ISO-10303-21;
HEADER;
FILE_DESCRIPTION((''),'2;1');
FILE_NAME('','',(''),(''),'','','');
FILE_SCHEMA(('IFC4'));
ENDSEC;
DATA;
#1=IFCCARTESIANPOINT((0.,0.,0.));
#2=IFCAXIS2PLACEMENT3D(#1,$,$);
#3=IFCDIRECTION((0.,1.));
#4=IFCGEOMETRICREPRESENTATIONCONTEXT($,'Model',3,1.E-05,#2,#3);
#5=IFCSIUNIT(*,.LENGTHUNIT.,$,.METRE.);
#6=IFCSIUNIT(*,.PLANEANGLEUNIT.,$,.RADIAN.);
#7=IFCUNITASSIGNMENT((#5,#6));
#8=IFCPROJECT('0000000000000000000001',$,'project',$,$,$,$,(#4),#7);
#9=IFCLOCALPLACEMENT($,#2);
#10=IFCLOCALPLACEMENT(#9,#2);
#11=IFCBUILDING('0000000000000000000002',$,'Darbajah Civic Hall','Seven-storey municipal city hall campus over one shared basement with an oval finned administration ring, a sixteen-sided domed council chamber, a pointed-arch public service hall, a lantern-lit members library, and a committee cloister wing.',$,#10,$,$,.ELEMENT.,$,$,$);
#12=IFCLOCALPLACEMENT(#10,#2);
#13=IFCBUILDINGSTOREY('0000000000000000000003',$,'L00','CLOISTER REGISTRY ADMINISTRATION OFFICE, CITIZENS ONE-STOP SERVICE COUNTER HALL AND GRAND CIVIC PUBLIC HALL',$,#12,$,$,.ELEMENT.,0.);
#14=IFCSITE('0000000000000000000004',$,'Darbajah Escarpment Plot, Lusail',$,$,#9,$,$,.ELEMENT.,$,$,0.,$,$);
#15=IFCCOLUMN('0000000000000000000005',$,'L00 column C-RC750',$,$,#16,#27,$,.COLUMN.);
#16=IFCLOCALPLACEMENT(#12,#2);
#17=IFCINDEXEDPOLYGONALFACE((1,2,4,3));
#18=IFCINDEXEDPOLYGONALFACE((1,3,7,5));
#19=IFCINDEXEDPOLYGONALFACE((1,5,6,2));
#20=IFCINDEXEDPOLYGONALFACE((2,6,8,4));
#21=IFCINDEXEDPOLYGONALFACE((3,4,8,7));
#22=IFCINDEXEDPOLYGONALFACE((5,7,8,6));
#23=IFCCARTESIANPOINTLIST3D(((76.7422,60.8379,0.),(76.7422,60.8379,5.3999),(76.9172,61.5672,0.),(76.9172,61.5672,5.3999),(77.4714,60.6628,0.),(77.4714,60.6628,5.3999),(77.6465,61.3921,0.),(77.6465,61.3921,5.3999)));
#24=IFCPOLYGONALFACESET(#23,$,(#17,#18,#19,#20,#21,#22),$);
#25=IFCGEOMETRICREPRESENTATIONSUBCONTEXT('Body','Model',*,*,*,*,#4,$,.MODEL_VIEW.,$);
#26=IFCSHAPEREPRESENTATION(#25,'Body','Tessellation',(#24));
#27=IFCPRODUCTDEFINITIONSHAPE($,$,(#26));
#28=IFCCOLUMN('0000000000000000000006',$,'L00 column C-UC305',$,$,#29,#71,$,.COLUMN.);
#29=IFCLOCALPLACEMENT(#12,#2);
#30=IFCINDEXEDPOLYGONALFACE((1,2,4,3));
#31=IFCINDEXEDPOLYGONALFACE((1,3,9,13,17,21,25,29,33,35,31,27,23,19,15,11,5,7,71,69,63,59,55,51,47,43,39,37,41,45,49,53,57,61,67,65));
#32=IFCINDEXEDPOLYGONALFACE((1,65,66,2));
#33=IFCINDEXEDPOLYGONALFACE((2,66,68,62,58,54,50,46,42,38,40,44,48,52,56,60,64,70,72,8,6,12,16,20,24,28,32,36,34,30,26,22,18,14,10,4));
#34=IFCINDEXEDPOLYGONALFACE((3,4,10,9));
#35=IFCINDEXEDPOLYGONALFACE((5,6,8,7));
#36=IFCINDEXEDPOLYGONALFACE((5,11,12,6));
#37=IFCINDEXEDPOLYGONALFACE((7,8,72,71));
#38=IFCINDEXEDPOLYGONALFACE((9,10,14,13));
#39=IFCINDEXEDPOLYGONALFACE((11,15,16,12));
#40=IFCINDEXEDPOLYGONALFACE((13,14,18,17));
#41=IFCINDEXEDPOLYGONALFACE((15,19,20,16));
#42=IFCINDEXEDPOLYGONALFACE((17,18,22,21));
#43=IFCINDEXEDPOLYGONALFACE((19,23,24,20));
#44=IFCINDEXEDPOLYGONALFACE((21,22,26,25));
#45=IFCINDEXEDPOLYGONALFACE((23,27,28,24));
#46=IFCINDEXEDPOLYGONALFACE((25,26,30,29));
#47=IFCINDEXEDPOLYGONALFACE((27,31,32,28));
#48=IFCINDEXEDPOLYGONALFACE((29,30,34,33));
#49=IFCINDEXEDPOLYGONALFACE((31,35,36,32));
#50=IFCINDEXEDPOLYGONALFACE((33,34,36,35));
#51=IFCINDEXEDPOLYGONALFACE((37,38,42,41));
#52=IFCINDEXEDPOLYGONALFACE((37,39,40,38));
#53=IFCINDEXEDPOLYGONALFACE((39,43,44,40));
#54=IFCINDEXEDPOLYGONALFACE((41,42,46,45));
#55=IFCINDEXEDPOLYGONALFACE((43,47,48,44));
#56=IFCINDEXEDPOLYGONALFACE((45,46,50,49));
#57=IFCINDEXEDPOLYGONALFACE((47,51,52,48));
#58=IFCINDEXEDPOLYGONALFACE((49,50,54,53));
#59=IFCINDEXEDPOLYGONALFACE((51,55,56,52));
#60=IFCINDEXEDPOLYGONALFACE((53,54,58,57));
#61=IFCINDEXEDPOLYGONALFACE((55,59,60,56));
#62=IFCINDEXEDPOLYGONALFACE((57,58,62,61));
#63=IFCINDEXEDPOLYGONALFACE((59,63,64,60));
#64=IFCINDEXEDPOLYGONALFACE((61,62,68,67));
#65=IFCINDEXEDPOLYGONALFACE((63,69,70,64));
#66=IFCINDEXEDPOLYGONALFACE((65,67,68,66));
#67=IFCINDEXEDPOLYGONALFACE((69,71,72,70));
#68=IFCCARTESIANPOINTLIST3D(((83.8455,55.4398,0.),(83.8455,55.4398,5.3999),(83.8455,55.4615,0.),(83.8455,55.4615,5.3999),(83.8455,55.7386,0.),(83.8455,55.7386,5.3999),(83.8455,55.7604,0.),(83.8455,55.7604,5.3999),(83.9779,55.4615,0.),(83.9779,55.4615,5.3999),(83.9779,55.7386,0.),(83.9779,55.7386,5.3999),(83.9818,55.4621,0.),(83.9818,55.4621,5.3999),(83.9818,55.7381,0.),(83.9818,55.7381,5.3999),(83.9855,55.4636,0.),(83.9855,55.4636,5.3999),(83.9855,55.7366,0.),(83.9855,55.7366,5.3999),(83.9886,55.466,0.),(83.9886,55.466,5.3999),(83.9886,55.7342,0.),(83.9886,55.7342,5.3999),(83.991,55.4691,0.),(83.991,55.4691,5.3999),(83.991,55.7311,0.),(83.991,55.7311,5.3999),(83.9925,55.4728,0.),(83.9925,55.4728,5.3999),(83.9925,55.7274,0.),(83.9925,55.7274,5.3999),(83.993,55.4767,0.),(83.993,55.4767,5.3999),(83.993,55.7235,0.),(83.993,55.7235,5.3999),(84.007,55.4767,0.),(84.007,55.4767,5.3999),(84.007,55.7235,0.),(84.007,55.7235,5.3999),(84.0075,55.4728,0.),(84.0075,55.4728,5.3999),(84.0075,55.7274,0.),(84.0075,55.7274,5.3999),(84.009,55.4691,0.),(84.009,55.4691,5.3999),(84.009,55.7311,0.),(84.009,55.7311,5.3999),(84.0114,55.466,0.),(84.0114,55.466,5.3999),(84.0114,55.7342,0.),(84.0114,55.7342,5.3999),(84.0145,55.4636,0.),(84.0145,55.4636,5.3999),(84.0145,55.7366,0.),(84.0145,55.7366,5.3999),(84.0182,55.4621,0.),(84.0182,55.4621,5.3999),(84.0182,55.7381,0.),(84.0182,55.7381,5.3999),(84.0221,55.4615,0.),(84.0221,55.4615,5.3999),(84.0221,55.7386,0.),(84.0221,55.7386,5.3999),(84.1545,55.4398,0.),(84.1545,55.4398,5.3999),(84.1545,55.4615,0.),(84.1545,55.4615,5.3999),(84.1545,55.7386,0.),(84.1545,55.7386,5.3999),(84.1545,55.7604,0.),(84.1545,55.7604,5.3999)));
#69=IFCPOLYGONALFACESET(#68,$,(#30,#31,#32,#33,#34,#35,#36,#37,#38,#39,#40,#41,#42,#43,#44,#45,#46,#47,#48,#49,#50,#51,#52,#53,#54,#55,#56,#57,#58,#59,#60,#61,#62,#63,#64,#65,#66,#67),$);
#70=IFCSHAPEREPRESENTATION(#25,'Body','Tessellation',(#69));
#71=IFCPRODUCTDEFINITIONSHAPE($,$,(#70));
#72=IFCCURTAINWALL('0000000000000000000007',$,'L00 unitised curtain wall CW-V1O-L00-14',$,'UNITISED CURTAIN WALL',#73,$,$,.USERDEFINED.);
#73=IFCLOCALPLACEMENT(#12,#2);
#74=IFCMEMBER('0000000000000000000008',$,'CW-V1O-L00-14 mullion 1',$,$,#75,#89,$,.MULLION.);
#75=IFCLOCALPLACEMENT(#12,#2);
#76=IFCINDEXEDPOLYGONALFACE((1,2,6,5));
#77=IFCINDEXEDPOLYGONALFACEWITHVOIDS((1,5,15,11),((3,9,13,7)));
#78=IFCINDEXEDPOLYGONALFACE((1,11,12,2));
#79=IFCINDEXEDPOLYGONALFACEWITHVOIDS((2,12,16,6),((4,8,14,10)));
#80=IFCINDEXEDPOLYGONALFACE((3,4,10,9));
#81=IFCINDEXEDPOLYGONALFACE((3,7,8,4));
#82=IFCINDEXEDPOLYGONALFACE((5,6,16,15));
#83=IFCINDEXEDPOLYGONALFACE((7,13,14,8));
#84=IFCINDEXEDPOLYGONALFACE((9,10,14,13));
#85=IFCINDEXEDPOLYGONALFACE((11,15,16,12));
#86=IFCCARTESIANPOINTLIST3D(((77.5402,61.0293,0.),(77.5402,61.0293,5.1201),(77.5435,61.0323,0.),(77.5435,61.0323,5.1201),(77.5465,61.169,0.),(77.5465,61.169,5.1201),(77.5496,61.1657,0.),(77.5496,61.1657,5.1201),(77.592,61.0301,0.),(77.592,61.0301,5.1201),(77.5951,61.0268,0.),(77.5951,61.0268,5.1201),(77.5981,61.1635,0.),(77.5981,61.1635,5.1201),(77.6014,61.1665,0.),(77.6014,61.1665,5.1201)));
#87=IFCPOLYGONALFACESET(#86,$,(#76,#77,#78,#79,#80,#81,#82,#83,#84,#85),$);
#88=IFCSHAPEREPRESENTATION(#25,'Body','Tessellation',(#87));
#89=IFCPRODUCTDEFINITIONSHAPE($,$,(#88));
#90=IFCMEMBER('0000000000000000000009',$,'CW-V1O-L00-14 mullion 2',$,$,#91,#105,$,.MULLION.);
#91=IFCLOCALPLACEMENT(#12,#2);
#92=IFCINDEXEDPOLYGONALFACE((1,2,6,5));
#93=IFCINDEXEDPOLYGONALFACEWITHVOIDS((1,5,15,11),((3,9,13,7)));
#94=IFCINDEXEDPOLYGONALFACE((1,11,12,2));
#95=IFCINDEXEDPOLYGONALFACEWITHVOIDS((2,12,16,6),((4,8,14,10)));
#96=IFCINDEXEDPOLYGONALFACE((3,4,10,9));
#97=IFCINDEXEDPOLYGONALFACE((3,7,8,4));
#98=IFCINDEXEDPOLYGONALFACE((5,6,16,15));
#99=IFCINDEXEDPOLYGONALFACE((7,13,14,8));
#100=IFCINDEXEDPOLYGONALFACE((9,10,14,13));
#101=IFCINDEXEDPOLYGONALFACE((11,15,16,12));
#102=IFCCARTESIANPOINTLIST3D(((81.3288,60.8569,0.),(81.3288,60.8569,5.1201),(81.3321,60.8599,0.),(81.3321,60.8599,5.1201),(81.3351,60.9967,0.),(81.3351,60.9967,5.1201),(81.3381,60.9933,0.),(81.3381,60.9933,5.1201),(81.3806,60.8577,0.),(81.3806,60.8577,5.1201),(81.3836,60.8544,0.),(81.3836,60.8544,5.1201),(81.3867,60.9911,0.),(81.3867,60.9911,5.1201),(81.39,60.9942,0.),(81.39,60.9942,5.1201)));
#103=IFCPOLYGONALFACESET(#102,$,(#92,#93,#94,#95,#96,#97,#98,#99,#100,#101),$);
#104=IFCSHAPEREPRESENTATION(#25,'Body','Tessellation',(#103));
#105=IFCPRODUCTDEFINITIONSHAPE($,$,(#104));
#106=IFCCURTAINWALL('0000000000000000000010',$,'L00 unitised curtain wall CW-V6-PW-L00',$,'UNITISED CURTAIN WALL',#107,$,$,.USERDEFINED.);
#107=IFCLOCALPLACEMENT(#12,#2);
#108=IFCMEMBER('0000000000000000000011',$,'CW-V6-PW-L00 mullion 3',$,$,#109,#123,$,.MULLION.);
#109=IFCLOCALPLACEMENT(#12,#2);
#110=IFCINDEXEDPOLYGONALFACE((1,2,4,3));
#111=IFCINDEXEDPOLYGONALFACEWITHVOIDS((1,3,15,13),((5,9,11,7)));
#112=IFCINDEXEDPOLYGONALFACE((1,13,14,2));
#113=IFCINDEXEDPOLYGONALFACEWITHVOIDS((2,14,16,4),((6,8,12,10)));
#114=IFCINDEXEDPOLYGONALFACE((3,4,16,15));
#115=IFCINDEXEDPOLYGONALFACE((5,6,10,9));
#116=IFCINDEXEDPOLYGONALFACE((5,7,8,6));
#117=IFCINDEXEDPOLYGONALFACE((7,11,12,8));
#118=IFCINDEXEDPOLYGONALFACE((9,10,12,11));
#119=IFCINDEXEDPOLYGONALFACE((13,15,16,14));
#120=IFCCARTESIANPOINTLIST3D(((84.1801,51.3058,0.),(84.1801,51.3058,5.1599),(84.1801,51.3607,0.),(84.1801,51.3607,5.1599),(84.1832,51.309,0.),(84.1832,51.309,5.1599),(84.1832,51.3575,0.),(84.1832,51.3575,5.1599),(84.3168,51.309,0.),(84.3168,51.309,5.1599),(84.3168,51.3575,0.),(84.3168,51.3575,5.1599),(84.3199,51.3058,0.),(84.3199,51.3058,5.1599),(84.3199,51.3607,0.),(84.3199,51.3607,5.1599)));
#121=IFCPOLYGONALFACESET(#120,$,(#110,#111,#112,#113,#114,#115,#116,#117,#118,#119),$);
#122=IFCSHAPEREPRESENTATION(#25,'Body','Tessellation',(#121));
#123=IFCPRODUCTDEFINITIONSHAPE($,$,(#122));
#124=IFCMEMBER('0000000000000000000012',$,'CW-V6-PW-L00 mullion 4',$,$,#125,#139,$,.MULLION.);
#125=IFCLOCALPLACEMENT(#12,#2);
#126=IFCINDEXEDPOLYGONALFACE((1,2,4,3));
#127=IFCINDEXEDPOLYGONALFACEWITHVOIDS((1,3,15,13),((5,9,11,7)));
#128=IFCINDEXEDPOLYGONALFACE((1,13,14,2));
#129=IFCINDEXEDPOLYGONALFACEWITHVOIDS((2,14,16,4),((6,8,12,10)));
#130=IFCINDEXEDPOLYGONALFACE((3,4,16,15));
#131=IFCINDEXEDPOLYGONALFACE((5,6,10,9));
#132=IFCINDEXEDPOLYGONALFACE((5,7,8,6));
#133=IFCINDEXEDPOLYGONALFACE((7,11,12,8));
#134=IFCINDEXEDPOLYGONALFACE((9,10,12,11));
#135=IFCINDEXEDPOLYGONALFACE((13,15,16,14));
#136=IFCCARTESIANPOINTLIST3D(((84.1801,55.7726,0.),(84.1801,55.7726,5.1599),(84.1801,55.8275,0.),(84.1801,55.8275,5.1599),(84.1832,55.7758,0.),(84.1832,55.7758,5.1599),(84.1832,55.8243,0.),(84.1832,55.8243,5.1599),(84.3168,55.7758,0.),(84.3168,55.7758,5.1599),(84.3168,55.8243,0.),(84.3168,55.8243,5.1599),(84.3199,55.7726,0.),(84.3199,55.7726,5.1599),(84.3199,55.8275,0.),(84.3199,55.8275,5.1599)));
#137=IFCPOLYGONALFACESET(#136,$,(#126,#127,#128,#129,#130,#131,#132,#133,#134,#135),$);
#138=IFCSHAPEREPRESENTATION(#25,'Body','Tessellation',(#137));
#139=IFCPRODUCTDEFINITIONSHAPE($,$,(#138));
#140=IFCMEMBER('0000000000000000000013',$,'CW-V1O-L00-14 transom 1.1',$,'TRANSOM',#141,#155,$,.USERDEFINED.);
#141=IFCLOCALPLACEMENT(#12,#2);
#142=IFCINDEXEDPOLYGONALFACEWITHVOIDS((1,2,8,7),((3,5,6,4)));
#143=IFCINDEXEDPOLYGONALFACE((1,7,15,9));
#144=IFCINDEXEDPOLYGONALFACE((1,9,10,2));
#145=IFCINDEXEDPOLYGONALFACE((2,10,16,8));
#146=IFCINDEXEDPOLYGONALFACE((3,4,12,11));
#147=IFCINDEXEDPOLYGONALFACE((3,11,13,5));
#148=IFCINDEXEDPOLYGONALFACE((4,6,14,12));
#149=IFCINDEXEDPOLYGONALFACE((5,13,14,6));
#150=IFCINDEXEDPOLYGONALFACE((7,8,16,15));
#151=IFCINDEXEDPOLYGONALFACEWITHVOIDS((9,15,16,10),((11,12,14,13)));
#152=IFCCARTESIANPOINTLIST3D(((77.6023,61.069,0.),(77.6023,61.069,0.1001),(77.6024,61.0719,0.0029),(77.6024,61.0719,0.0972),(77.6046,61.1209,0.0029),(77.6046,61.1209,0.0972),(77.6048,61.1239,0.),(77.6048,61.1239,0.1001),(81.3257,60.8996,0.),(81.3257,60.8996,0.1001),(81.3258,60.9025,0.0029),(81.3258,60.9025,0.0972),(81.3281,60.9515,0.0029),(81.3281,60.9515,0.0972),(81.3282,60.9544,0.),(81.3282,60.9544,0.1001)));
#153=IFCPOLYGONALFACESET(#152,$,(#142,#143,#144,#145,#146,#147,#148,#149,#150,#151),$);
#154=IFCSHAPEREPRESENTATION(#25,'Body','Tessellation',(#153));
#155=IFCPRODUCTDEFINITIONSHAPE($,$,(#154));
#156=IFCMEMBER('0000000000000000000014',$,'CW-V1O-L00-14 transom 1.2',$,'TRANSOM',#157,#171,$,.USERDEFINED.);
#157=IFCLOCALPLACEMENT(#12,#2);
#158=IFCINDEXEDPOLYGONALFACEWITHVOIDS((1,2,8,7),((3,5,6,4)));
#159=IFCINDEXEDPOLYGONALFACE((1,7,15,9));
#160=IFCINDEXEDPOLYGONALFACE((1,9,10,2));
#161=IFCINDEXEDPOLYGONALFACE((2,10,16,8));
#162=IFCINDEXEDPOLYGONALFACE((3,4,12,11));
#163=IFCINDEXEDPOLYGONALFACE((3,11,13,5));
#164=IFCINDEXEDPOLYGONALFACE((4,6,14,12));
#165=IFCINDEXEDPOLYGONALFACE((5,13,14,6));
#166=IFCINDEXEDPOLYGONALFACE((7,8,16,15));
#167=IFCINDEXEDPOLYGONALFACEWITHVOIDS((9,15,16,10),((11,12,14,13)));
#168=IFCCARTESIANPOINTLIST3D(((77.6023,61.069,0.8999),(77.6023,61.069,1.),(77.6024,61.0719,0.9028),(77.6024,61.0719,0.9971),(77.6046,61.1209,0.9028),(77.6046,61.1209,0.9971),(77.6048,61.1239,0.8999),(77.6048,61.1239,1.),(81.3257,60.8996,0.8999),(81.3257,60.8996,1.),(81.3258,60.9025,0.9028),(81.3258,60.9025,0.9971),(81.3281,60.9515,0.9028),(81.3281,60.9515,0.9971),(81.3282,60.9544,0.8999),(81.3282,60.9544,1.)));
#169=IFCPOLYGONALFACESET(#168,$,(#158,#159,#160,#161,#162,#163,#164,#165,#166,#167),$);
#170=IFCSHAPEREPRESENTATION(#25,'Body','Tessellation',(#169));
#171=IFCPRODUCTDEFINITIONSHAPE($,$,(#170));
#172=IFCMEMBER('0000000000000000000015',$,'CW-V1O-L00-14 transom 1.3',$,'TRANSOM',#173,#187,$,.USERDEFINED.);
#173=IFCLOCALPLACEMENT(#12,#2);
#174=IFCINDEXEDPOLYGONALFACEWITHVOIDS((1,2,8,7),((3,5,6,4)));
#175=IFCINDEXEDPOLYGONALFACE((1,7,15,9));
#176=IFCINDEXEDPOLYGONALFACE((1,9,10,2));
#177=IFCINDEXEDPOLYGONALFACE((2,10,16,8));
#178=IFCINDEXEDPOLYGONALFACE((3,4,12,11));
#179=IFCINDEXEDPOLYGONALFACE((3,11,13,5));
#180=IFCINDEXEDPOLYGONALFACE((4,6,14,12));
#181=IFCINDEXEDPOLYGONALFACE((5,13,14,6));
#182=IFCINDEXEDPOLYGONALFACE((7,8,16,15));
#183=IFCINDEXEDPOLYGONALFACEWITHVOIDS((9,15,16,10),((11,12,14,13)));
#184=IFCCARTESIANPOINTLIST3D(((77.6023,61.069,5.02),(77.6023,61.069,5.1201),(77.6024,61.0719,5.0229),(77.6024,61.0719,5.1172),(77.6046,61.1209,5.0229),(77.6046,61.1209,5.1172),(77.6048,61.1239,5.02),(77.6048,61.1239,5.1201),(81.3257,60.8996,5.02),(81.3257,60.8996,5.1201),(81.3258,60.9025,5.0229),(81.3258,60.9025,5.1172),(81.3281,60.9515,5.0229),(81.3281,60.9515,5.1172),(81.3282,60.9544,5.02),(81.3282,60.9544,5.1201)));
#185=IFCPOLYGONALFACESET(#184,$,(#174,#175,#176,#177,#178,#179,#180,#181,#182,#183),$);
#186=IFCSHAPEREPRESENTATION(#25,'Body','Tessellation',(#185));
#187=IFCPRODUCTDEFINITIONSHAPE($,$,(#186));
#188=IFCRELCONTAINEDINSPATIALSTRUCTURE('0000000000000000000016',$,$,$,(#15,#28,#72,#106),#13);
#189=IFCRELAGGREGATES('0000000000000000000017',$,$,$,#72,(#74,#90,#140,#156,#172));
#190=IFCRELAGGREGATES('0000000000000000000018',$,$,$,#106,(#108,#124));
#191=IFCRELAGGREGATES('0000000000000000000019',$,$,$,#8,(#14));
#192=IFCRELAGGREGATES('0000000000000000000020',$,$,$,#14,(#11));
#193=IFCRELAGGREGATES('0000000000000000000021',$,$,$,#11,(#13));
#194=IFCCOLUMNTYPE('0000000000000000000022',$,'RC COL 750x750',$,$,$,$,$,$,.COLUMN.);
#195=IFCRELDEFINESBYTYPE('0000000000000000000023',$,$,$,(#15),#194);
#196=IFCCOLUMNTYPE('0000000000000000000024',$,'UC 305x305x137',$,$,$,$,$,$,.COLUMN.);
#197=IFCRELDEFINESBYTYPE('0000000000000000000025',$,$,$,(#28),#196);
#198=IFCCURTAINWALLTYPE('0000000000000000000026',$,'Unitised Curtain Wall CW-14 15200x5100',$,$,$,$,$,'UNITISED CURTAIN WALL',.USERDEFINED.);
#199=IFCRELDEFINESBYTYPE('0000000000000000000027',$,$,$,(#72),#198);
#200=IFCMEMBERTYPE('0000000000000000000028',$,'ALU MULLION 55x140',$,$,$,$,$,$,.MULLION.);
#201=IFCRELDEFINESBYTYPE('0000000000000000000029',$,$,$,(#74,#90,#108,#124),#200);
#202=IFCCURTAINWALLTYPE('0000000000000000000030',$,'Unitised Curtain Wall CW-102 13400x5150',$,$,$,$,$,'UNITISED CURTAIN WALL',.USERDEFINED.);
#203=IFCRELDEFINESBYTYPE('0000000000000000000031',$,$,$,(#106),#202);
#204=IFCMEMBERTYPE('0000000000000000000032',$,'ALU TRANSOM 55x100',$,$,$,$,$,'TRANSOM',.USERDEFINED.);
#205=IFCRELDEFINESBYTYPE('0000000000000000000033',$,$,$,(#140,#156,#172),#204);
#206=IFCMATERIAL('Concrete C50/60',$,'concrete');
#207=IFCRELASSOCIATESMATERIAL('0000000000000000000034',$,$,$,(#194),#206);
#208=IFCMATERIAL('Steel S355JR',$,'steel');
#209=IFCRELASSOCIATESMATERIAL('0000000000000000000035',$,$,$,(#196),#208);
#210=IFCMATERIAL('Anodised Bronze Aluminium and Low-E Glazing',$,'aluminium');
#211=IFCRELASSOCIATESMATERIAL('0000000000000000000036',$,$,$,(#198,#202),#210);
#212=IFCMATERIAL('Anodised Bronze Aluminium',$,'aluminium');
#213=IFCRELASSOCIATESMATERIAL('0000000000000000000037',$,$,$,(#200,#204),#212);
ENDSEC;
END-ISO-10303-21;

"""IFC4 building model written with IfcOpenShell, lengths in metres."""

from ifc_helpers import new_model, si_unit, direction, frame, origin, origin_2d, place, context, subcontext, project, spatial, rectangle, hollow_rectangle, i_section, extrude, material, material_profile, profile_set, type_object, element, aggregate, save


model = new_model("IFC4")

# Units and contexts
model_context = context("Model", 3, precision=1e-05, world=origin(), true_north=direction((0.0, 1.0)))
body_context = subcontext(model_context, "Body", "Model", "MODEL_VIEW")
ifc_project = project(units=[si_unit("LENGTHUNIT", "METRE"), si_unit("PLANEANGLEUNIT", "RADIAN")], contexts=[model_context])

# Site, building, storey
site_placement = place(None, origin())
site = spatial("IfcSite", under=ifc_project, at=site_placement, Name="Darbajah Escarpment Plot, Lusail", CompositionType="ELEMENT", RefElevation=0.0)
building_placement = place(site_placement, origin())
building = spatial("IfcBuilding", under=site, at=building_placement, Name="Darbajah Civic Hall", Description="Seven-storey municipal city hall campus over one shared basement with an oval finned administration ring, a sixteen-sided domed council chamber, a pointed-arch public service hall, a lantern-lit members library, and a committee cloister wing.", CompositionType="ELEMENT")
storey_placement = place(building_placement, origin())
storey = spatial("IfcBuildingStorey", under=building, at=storey_placement, Name="L00", Description="CLOISTER REGISTRY ADMINISTRATION OFFICE, CITIZENS ONE-STOP SERVICE COUNTER HALL AND GRAND CIVIC PUBLIC HALL", CompositionType="ELEMENT", Elevation=0.0)

# Columns
ifc_material_1 = material(Name="Concrete C50/60", Category="concrete")
ifc_material_profile_1 = material_profile(ifc_material_1, rectangle(XDim=0.75, YDim=0.75, at=origin_2d()), Name="RC COL 750x750")
ifc_profile_set_1 = profile_set([ifc_material_profile_1], Name="Concrete C50/60")
column_type_1 = type_object("IfcColumnType", Name="RC COL 750x750", PredefinedType="COLUMN", material=ifc_profile_set_1)
column_1_placement = place(storey_placement, frame((77.1943, 61.115, 0.0), z_axis=(0.0, 0.0, 1.0), x_axis=(-0.233445, -0.97237, 0.0)))
element("IfcColumn", 1, at=column_1_placement, inside=storey, type_object=column_type_1, Name="L00 column C-RC750", PredefinedType="COLUMN", context=body_context, shape_type="SweptSolid", body=[
    extrude(rectangle(XDim=0.75, YDim=0.75, at=origin_2d()), origin(), (0.0, 0.0, 1.0), 5.3999),
])
ifc_material_2 = material(Name="Steel S355JR", Category="steel")
ifc_material_profile_2 = material_profile(ifc_material_2, i_section(OverallWidth=0.3091, OverallDepth=0.3206, WebThickness=0.0139, FlangeThickness=0.0217, FilletRadius=0.0151, at=origin_2d()), Name="UC 305x305x137")
ifc_profile_set_2 = profile_set([ifc_material_profile_2], Name="Steel S355JR")
column_type_2 = type_object("IfcColumnType", Name="UC 305x305x137", PredefinedType="COLUMN", material=ifc_profile_set_2)
column_2_placement = place(storey_placement, frame((84.0, 55.6001, 0.0), z_axis=(0.0, 0.0, 1.0), x_axis=(1.0, 0.0, 0.0)))
element("IfcColumn", 2, at=column_2_placement, inside=storey, type_object=column_type_2, Name="L00 column C-UC305", PredefinedType="COLUMN", context=body_context, shape_type="SweptSolid", body=[
    extrude(i_section(OverallWidth=0.3091, OverallDepth=0.3206, WebThickness=0.0139, FlangeThickness=0.0217, FilletRadius=0.0151, at=origin_2d()), origin(), (0.0, 0.0, 1.0), 5.3999),
])

# Curtain walls, members
ifc_material_3 = material(Name="Anodised Bronze Aluminium and Low-E Glazing", Category="aluminium")
curtain_wall_type_1 = type_object("IfcCurtainWallType", Name="Unitised Curtain Wall CW-14 15200x5100", ElementType="UNITISED CURTAIN WALL", PredefinedType="USERDEFINED", material=ifc_material_3)
curtain_wall_1_placement = place(storey_placement, origin())
curtain_wall_1 = element("IfcCurtainWall", 3, at=curtain_wall_1_placement, inside=storey, type_object=curtain_wall_type_1, Name="L00 unitised curtain wall CW-V1O-L00-14", ObjectType="UNITISED CURTAIN WALL", PredefinedType="USERDEFINED")
ifc_material_4 = material(Name="Anodised Bronze Aluminium", Category="aluminium")
ifc_material_profile_3 = material_profile(ifc_material_4, hollow_rectangle(XDim=0.0549, YDim=0.1399, WallThickness=0.0032, at=origin_2d()), Name="ALU MULLION 55x140")
ifc_profile_set_3 = profile_set([ifc_material_profile_3], Name="Anodised Bronze Aluminium")
member_type_1 = type_object("IfcMemberType", Name="ALU MULLION 55x140", PredefinedType="MULLION", material=ifc_profile_set_3)
member_1_placement = place(storey_placement, frame((77.5708, 61.0979, 0.0), z_axis=(0.0, 0.0, 1.0), x_axis=(0.998963, -0.045537, 0.0)))
member_1 = element("IfcMember", 4, at=member_1_placement, type_object=member_type_1, Name="CW-V1O-L00-14 mullion 1", PredefinedType="MULLION", context=body_context, shape_type="SweptSolid", body=[
    extrude(hollow_rectangle(XDim=0.0549, YDim=0.1399, WallThickness=0.0032, at=origin_2d()), origin(), (0.0, 0.0, 1.0), 5.1201),
])
member_2_placement = place(storey_placement, frame((81.3594, 60.9255, 0.0), z_axis=(0.0, 0.0, 1.0), x_axis=(0.998963, -0.045537, 0.0)))
member_2 = element("IfcMember", 5, at=member_2_placement, type_object=member_type_1, Name="CW-V1O-L00-14 mullion 2", PredefinedType="MULLION", context=body_context, shape_type="SweptSolid", body=[
    extrude(hollow_rectangle(XDim=0.0549, YDim=0.1399, WallThickness=0.0032, at=origin_2d()), origin(), (0.0, 0.0, 1.0), 5.1201),
])
curtain_wall_type_2 = type_object("IfcCurtainWallType", Name="Unitised Curtain Wall CW-102 13400x5150", ElementType="UNITISED CURTAIN WALL", PredefinedType="USERDEFINED", material=ifc_material_3)
curtain_wall_2_placement = place(storey_placement, origin())
curtain_wall_2 = element("IfcCurtainWall", 6, at=curtain_wall_2_placement, inside=storey, type_object=curtain_wall_type_2, Name="L00 unitised curtain wall CW-V6-PW-L00", ObjectType="UNITISED CURTAIN WALL", PredefinedType="USERDEFINED")
member_3_placement = place(storey_placement, frame((84.25, 51.3333, 0.0), z_axis=(0.0, 0.0, 1.0), x_axis=(0.0, 1.0, 0.0)))
member_3 = element("IfcMember", 7, at=member_3_placement, type_object=member_type_1, Name="CW-V6-PW-L00 mullion 3", PredefinedType="MULLION", context=body_context, shape_type="SweptSolid", body=[
    extrude(hollow_rectangle(XDim=0.0549, YDim=0.1399, WallThickness=0.0032, at=origin_2d()), origin(), (0.0, 0.0, 1.0), 5.1599),
])
member_4_placement = place(storey_placement, frame((84.25, 55.8, 0.0), z_axis=(0.0, 0.0, 1.0), x_axis=(0.0, 1.0, 0.0)))
member_4 = element("IfcMember", 8, at=member_4_placement, type_object=member_type_1, Name="CW-V6-PW-L00 mullion 4", PredefinedType="MULLION", context=body_context, shape_type="SweptSolid", body=[
    extrude(hollow_rectangle(XDim=0.0549, YDim=0.1399, WallThickness=0.0032, at=origin_2d()), origin(), (0.0, 0.0, 1.0), 5.1599),
])

# Members
ifc_material_profile_4 = material_profile(ifc_material_4, hollow_rectangle(XDim=0.0549, YDim=0.1001, WallThickness=0.0029, at=origin_2d()), Name="ALU TRANSOM 55x100")
ifc_profile_set_4 = profile_set([ifc_material_profile_4], Name="Anodised Bronze Aluminium")
member_type_2 = type_object("IfcMemberType", Name="ALU TRANSOM 55x100", ElementType="TRANSOM", PredefinedType="USERDEFINED", material=ifc_profile_set_4)
member_5_placement = place(storey_placement, frame((77.6035, 61.0964, 0.05), z_axis=(0.998966, -0.045458, 0.0), x_axis=(0.045458, 0.998966, 0.0)))
member_5 = element("IfcMember", 9, at=member_5_placement, type_object=member_type_2, Name="CW-V1O-L00-14 transom 1.1", ObjectType="TRANSOM", PredefinedType="USERDEFINED", context=body_context, shape_type="SweptSolid", body=[
    extrude(hollow_rectangle(XDim=0.0549, YDim=0.1001, WallThickness=0.0029, at=origin_2d()), origin(), (0.0, 0.0, 1.0), 3.7273),
])
member_6_placement = place(storey_placement, frame((77.6035, 61.0964, 0.95), z_axis=(0.998966, -0.045458, 0.0), x_axis=(0.045458, 0.998966, 0.0)))
member_6 = element("IfcMember", 10, at=member_6_placement, type_object=member_type_2, Name="CW-V1O-L00-14 transom 1.2", ObjectType="TRANSOM", PredefinedType="USERDEFINED", context=body_context, shape_type="SweptSolid", body=[
    extrude(hollow_rectangle(XDim=0.0549, YDim=0.1001, WallThickness=0.0029, at=origin_2d()), origin(), (0.0, 0.0, 1.0), 3.7273),
])
member_7_placement = place(storey_placement, frame((77.6035, 61.0964, 5.0701), z_axis=(0.998966, -0.045458, 0.0), x_axis=(0.045458, 0.998966, 0.0)))
member_7 = element("IfcMember", 11, at=member_7_placement, type_object=member_type_2, Name="CW-V1O-L00-14 transom 1.3", ObjectType="TRANSOM", PredefinedType="USERDEFINED", context=body_context, shape_type="SweptSolid", body=[
    extrude(hollow_rectangle(XDim=0.0549, YDim=0.1001, WallThickness=0.0029, at=origin_2d()), origin(), (0.0, 0.0, 1.0), 3.7273),
])

aggregate(curtain_wall_1, [member_1, member_2, member_5, member_6, member_7])
aggregate(curtain_wall_2, [member_3, member_4])

save(model, "model.ifc")
